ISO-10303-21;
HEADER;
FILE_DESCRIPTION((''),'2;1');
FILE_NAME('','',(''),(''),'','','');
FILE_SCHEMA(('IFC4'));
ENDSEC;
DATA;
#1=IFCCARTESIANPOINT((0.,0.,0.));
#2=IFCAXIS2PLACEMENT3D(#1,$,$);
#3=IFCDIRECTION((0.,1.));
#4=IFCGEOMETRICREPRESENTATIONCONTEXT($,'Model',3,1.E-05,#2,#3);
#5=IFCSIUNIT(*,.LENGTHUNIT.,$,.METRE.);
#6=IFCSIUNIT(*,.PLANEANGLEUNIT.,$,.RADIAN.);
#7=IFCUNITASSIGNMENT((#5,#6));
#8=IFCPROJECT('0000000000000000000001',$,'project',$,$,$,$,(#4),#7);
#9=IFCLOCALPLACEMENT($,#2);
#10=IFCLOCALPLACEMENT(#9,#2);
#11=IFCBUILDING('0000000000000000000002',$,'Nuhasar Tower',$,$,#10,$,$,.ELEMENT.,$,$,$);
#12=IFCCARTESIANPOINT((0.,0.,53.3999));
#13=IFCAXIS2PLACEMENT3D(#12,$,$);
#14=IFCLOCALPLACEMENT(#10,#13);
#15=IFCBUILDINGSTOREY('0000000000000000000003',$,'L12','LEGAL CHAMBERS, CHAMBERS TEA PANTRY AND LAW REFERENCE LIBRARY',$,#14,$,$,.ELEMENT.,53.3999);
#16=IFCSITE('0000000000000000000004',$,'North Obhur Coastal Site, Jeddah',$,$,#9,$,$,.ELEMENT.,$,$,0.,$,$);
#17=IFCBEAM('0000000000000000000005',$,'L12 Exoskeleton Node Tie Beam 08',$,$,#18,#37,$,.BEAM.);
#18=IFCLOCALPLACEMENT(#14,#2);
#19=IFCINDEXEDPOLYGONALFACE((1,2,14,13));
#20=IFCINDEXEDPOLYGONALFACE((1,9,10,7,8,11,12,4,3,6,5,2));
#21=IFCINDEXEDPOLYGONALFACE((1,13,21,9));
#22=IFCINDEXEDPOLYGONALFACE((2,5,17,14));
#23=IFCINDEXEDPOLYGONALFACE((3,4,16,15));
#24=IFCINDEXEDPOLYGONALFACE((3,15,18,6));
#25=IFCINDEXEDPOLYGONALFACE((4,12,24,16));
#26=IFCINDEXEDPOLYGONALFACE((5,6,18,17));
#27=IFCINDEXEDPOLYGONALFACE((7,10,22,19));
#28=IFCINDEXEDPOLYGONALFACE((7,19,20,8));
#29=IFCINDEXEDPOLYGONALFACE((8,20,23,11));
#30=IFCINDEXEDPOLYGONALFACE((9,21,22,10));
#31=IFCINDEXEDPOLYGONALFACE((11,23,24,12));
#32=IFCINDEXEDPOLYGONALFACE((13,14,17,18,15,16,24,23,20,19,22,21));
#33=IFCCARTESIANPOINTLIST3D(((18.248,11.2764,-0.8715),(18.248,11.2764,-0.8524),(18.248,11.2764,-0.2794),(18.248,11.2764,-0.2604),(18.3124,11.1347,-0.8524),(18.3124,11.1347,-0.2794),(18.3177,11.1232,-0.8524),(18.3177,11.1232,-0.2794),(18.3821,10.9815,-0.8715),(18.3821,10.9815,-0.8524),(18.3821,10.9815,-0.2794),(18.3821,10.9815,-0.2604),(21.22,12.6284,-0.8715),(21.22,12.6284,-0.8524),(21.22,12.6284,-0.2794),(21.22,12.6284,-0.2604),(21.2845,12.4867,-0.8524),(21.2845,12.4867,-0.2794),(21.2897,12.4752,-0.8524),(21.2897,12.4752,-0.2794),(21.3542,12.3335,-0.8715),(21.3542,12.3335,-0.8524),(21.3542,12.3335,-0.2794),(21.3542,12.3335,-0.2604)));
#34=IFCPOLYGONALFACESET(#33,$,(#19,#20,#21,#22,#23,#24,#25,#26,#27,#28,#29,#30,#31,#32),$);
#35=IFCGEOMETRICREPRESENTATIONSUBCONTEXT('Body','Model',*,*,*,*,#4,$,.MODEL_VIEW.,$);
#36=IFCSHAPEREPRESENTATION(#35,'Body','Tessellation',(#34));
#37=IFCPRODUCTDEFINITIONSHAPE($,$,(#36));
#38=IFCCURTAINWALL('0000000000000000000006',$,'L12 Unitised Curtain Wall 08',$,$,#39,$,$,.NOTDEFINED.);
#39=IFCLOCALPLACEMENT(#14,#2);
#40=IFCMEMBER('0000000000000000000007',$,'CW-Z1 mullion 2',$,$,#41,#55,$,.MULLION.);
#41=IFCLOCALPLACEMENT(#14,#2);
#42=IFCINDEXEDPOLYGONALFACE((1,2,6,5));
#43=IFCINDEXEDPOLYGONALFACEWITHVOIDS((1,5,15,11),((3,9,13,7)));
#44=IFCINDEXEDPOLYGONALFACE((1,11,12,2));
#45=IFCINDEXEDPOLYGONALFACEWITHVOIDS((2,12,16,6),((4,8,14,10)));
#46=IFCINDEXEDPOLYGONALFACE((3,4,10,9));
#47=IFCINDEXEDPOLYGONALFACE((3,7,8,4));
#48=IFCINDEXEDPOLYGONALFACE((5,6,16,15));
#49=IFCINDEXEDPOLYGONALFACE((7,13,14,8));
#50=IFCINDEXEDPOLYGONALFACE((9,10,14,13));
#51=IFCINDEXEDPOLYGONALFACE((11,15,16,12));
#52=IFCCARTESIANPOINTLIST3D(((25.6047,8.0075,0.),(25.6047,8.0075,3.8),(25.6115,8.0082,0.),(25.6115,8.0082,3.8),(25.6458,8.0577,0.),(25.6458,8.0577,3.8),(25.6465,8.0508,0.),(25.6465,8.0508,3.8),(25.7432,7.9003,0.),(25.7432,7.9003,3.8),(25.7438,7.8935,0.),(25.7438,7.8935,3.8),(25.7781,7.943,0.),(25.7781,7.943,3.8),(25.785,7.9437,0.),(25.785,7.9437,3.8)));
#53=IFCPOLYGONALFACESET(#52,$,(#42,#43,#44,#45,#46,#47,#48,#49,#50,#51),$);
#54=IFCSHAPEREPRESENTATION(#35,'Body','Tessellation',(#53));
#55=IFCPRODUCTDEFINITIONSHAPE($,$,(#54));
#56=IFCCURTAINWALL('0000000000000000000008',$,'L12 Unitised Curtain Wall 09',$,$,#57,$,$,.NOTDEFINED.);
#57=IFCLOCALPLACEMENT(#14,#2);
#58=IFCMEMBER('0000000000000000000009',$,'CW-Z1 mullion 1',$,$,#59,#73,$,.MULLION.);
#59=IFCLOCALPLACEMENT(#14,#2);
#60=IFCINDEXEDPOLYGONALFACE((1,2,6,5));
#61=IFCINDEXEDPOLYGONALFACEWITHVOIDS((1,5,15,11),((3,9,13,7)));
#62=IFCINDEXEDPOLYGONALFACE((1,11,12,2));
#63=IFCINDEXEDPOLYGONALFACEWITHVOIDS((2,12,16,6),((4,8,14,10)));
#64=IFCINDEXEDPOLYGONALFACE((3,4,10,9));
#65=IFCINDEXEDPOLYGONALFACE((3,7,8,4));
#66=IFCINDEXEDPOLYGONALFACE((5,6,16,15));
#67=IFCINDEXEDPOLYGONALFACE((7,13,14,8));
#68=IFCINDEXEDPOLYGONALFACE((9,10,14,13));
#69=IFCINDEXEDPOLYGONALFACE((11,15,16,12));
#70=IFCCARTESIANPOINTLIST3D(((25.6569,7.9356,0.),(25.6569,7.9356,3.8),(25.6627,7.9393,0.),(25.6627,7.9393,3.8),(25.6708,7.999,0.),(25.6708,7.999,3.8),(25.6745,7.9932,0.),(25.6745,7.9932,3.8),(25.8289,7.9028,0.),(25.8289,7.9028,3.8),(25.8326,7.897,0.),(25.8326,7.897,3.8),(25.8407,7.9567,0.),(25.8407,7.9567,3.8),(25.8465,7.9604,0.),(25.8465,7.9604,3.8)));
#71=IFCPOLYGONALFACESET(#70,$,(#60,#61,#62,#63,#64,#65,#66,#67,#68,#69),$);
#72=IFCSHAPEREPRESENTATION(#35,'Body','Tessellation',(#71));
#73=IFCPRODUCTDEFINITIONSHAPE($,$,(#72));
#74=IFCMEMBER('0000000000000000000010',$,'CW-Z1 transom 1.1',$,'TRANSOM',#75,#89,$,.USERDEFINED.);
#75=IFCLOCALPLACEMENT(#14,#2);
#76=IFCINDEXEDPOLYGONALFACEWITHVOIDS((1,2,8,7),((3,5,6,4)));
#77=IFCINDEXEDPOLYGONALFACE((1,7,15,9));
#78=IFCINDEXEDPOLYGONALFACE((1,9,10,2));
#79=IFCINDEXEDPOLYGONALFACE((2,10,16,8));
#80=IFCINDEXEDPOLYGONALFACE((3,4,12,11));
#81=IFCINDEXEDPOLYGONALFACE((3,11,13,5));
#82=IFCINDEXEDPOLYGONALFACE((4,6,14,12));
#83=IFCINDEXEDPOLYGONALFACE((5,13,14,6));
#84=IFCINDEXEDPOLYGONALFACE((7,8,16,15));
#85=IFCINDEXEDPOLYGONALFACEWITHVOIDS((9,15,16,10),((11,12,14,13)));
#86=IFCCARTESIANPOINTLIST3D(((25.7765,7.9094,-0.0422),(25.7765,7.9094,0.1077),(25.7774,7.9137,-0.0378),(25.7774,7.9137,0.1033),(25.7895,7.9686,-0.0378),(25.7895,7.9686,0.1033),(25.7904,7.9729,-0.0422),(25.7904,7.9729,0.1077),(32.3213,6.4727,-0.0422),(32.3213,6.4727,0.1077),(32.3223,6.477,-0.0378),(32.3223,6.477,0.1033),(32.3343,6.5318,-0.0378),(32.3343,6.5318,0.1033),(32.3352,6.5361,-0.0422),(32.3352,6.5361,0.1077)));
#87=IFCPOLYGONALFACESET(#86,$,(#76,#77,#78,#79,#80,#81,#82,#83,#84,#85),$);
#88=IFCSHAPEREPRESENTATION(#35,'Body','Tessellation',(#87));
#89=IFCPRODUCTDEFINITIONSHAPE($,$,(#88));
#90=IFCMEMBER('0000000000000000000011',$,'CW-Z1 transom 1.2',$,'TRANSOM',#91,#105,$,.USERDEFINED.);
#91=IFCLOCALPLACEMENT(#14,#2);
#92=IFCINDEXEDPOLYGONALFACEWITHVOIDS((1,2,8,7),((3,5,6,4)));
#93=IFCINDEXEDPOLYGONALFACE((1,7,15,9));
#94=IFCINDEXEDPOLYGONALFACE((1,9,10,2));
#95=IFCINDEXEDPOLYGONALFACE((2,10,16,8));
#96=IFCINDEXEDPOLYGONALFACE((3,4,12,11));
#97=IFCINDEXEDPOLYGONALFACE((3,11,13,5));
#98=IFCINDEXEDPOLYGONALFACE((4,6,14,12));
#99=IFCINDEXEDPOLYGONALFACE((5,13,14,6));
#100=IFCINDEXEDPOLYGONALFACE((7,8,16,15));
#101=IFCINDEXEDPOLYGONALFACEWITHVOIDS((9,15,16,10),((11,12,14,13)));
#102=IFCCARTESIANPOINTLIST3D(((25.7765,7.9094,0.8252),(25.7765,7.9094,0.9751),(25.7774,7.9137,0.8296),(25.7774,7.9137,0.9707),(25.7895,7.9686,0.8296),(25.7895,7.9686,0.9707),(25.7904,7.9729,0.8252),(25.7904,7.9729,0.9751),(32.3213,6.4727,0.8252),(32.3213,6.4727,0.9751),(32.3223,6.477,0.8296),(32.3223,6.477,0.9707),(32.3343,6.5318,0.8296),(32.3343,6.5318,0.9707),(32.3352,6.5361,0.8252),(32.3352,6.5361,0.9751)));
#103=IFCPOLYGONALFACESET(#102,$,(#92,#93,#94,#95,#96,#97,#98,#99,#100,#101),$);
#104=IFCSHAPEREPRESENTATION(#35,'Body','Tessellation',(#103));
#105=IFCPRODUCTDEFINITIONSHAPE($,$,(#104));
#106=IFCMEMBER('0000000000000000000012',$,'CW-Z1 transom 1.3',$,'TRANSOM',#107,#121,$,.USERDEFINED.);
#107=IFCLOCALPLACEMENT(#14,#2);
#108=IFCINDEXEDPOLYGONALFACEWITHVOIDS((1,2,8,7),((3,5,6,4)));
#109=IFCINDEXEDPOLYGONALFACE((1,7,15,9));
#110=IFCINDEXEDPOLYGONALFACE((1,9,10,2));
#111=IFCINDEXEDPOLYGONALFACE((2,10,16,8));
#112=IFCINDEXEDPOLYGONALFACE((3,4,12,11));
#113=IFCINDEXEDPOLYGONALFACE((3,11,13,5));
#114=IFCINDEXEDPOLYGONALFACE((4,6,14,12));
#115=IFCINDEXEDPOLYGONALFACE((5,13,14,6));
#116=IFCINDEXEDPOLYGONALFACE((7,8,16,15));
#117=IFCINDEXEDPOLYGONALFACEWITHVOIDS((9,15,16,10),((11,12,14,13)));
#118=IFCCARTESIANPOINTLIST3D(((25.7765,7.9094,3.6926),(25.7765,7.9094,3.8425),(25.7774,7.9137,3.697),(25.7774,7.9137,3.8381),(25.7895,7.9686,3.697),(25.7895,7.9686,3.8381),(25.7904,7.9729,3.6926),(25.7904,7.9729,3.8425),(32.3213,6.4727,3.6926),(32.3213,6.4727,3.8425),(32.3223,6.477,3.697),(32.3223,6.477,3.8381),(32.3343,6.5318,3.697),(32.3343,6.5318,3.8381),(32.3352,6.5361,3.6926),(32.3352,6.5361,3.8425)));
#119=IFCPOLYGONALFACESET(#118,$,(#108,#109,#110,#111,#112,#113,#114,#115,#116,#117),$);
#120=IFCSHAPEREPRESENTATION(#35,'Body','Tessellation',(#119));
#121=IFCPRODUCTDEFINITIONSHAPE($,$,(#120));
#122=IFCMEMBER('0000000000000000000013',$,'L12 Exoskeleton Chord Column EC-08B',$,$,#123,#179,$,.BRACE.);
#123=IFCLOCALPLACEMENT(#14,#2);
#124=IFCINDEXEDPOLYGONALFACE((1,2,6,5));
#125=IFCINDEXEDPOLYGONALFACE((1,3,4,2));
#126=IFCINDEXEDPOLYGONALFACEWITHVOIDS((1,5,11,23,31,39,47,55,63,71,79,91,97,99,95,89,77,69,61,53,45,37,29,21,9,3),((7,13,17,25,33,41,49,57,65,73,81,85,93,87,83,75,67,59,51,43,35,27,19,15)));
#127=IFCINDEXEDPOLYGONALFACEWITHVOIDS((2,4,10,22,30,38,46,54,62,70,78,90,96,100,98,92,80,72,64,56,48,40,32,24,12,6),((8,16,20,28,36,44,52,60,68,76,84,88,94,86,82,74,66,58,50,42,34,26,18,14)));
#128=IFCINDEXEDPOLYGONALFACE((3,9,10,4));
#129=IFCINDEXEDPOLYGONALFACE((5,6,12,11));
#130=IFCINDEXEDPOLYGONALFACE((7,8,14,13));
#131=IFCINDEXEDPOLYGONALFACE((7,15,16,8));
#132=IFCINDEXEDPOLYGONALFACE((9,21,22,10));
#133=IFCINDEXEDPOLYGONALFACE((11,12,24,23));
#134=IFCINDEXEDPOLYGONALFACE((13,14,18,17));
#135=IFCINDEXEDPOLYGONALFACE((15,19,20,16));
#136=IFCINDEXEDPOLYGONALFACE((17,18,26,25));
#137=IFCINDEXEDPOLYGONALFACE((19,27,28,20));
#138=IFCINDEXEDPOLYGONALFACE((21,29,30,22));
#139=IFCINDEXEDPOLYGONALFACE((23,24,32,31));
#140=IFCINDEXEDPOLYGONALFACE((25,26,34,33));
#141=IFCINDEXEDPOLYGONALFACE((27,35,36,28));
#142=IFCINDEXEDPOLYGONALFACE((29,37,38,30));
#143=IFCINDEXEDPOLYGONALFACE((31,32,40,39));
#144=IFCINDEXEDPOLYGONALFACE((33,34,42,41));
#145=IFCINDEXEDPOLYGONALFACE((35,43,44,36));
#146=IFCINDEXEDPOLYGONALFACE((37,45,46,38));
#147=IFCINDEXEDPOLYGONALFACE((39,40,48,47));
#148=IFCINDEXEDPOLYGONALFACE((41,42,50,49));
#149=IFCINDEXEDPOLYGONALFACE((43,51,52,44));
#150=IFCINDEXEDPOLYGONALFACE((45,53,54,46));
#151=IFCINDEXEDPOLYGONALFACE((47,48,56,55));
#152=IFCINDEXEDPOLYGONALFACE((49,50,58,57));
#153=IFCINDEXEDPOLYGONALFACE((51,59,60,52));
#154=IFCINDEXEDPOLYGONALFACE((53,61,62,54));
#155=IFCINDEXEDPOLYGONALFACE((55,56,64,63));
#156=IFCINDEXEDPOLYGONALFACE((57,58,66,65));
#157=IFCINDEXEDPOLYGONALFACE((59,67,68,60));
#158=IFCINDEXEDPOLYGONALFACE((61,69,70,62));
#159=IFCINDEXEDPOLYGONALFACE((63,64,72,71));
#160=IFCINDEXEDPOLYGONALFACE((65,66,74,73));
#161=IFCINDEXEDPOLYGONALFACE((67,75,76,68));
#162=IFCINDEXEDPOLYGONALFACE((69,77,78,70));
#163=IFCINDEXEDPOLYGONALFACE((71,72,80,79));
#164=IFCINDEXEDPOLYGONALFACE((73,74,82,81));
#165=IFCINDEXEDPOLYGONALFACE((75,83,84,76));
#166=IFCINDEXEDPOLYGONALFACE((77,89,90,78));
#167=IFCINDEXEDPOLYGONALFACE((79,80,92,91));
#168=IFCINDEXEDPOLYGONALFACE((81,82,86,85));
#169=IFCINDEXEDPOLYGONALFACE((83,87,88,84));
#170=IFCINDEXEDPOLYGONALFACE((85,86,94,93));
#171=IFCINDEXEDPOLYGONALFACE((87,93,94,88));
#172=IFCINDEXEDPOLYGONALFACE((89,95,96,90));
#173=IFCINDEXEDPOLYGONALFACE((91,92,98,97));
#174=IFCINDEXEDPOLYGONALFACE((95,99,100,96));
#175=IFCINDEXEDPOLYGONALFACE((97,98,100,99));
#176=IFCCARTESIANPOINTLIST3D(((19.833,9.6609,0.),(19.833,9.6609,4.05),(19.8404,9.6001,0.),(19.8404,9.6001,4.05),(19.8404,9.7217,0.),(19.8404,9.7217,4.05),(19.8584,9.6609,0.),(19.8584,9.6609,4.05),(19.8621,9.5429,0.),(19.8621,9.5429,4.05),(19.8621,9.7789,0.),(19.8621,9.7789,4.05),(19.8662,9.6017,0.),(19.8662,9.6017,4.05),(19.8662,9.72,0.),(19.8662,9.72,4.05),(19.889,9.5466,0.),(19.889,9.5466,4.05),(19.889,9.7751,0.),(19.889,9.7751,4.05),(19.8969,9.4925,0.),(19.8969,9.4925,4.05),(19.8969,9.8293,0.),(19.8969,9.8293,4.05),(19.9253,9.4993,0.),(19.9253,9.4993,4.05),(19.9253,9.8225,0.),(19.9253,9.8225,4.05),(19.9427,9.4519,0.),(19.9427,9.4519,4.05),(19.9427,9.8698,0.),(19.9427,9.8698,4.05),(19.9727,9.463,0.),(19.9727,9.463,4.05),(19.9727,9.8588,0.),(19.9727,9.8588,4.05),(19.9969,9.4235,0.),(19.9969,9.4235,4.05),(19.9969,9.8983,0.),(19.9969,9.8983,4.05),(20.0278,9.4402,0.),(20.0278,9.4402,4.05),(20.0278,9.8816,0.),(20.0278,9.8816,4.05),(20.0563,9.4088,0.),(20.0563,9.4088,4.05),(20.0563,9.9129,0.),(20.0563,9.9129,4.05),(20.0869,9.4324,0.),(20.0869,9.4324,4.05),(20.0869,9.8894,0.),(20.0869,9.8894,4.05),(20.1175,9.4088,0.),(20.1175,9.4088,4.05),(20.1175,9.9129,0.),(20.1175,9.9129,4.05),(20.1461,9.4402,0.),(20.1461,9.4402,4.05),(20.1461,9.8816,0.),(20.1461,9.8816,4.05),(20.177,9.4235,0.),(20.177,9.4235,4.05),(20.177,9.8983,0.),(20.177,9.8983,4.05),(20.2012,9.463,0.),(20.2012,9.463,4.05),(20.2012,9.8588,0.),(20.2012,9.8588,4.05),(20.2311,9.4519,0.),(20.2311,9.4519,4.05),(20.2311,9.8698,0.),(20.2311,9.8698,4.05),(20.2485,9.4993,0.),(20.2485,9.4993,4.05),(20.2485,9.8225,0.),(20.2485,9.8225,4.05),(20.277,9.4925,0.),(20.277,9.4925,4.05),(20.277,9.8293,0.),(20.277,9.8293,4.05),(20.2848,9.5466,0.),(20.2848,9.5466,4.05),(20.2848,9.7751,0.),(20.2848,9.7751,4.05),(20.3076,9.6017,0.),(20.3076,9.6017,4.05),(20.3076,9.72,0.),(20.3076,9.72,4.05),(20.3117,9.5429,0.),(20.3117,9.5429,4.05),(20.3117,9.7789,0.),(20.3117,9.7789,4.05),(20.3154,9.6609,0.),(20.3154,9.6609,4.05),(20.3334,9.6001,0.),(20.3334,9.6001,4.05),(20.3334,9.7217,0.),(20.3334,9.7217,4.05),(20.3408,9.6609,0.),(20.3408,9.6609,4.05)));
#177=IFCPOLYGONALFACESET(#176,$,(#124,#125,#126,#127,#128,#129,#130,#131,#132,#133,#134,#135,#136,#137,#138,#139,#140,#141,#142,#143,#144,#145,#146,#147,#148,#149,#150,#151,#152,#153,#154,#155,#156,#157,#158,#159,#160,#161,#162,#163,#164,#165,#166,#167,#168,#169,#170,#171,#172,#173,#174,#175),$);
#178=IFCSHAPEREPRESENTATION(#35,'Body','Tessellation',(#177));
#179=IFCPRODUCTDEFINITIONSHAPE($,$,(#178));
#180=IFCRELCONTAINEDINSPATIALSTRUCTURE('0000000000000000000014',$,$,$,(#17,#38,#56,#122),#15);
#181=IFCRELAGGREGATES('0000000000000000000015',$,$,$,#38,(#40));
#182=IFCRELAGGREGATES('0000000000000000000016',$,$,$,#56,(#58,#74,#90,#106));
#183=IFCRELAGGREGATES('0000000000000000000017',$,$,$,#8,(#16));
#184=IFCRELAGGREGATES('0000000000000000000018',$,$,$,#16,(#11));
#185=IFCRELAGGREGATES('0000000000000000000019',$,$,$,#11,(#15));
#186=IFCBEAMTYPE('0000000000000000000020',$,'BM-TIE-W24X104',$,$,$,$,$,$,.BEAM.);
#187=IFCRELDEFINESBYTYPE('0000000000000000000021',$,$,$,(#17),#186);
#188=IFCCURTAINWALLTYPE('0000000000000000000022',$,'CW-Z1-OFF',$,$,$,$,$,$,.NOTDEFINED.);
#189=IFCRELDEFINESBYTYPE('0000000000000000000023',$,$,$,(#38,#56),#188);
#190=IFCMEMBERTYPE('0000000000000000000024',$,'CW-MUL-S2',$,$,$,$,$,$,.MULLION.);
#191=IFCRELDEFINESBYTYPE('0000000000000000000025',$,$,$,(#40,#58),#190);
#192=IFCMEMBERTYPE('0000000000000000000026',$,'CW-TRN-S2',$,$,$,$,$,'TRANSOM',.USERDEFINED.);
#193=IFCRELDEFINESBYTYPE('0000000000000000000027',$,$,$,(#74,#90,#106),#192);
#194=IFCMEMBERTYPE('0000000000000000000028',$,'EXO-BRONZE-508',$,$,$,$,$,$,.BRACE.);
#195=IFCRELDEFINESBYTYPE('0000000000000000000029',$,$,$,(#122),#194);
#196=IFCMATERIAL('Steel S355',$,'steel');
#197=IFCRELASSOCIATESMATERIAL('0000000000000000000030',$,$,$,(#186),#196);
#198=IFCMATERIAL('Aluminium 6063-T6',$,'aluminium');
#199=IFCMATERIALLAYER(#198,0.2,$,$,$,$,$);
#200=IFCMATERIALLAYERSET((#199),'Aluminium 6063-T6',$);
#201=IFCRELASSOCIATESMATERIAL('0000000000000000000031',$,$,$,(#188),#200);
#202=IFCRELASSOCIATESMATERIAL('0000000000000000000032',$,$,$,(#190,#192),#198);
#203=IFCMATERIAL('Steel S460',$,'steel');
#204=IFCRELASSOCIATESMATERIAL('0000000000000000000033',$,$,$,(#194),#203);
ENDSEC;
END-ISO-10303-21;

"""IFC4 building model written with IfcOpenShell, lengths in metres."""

from ifc_helpers import new_model, si_unit, direction, frame, origin, origin_2d, place, context, subcontext, project, spatial, hollow_rectangle, hollow_circle, i_section, extrude, material, layer, layer_set, material_profile, profile_set, type_object, element, aggregate, save


model = new_model("IFC4")

# Units and contexts
model_context = context("Model", 3, precision=1e-05, world=origin(), true_north=direction((0.0, 1.0)))
body_context = subcontext(model_context, "Body", "Model", "MODEL_VIEW")
ifc_project = project(units=[si_unit("LENGTHUNIT", "METRE"), si_unit("PLANEANGLEUNIT", "RADIAN")], contexts=[model_context])

# Site, building, storey
site_placement = place(None, origin())
site = spatial("IfcSite", under=ifc_project, at=site_placement, Name="North Obhur Coastal Site, Jeddah", CompositionType="ELEMENT", RefElevation=0.0)
building_placement = place(site_placement, origin())
building = spatial("IfcBuilding", under=site, at=building_placement, Name="Nuhasar Tower", CompositionType="ELEMENT")
storey_placement = place(building_placement, frame((0.0, 0.0, 53.3999)))
storey = spatial("IfcBuildingStorey", under=building, at=storey_placement, Name="L12", Description="LEGAL CHAMBERS, CHAMBERS TEA PANTRY AND LAW REFERENCE LIBRARY", CompositionType="ELEMENT", Elevation=53.3999)

# Beam
ifc_material_1 = material(Name="Steel S355", Category="steel")
ifc_material_profile_1 = material_profile(ifc_material_1, i_section(OverallWidth=0.324, OverallDepth=0.6111, WebThickness=0.0127, FlangeThickness=0.019, at=origin_2d()), Name="W24X104")
ifc_profile_set_1 = profile_set([ifc_material_profile_1], Name="Steel S355")
beam_type_1 = type_object("IfcBeamType", Name="BM-TIE-W24X104", PredefinedType="BEAM", material=ifc_profile_set_1)
beam_1_placement = place(storey_placement, frame((21.2871, 12.481, -0.5659), z_axis=(-0.910244, -0.414073, 0.0), x_axis=(0.414073, -0.910244, 0.0)))
element("IfcBeam", 1, at=beam_1_placement, inside=storey, type_object=beam_type_1, Name="L12 Exoskeleton Node Tie Beam 08", PredefinedType="BEAM", context=body_context, shape_type="SweptSolid", body=[
    extrude(i_section(OverallWidth=0.324, OverallDepth=0.6111, WebThickness=0.0127, FlangeThickness=0.019, at=origin_2d()), origin(), (0.0, 0.0, 1.0), 3.2651),
])

# Curtain wall, member
ifc_material_2 = material(Name="Aluminium 6063-T6", Category="aluminium")
ifc_layer_1 = layer(ifc_material_2, 0.2)
ifc_layer_set_1 = layer_set([ifc_layer_1], Name="Aluminium 6063-T6")
curtain_wall_type = type_object("IfcCurtainWallType", Name="CW-Z1-OFF", PredefinedType="NOTDEFINED", material=ifc_layer_set_1)
curtain_wall_1_placement = place(storey_placement, origin())
curtain_wall_1 = element("IfcCurtainWall", 2, at=curtain_wall_1_placement, inside=storey, type_object=curtain_wall_type, Name="L12 Unitised Curtain Wall 08", PredefinedType="NOTDEFINED")
ifc_material_profile_2 = material_profile(ifc_material_2, hollow_rectangle(XDim=0.0649, YDim=0.1799, WallThickness=0.0049, at=origin_2d()), Name="CWM-2")
ifc_profile_set_2 = profile_set([ifc_material_profile_2], Name="Aluminium 6063-T6")
member_type_1 = type_object("IfcMemberType", Name="CW-MUL-S2", PredefinedType="MULLION", material=ifc_profile_set_2)
member_1_placement = place(storey_placement, frame((25.6948, 7.9756, 0.0), z_axis=(0.0, 0.0, 1.0), x_axis=(0.633745, 0.773542, 0.0)))
member_1 = element("IfcMember", 3, at=member_1_placement, type_object=member_type_1, Name="CW-Z1 mullion 2", PredefinedType="MULLION", context=body_context, shape_type="SweptSolid", body=[
    extrude(hollow_rectangle(XDim=0.0649, YDim=0.1799, WallThickness=0.0049, at=origin_2d()), origin(), (0.0, 0.0, 1.0), 3.8),
])

# Curtain wall, members
curtain_wall_2_placement = place(storey_placement, origin())
curtain_wall_2 = element("IfcCurtainWall", 4, at=curtain_wall_2_placement, inside=storey, type_object=curtain_wall_type, Name="L12 Unitised Curtain Wall 09", PredefinedType="NOTDEFINED")
member_2_placement = place(storey_placement, frame((25.7517, 7.948, 0.0), z_axis=(0.0, 0.0, 1.0), x_axis=(0.214399, 0.976746, 0.0)))
member_2 = element("IfcMember", 5, at=member_2_placement, type_object=member_type_1, Name="CW-Z1 mullion 1", PredefinedType="MULLION", context=body_context, shape_type="SweptSolid", body=[
    extrude(hollow_rectangle(XDim=0.0649, YDim=0.1799, WallThickness=0.0049, at=origin_2d()), origin(), (0.0, 0.0, 1.0), 3.8),
])
ifc_material_profile_3 = material_profile(ifc_material_2, hollow_rectangle(XDim=0.0649, YDim=0.1499, WallThickness=0.0044, at=origin_2d()), Name="CWT-2")
ifc_profile_set_3 = profile_set([ifc_material_profile_3], Name="Aluminium 6063-T6")
member_type_2 = type_object("IfcMemberType", Name="CW-TRN-S2", ElementType="TRANSOM", PredefinedType="USERDEFINED", material=ifc_profile_set_3)
member_3_placement = place(storey_placement, frame((25.7834, 7.9412, 0.0327), z_axis=(0.976742, -0.214418, 0.0), x_axis=(0.214418, 0.976742, 0.0)))
member_3 = element("IfcMember", 6, at=member_3_placement, type_object=member_type_2, Name="CW-Z1 transom 1.1", ObjectType="TRANSOM", PredefinedType="USERDEFINED", context=body_context, shape_type="SweptSolid", body=[
    extrude(hollow_rectangle(XDim=0.0649, YDim=0.1499, WallThickness=0.0044, at=origin_2d()), origin(), (0.0, 0.0, 1.0), 6.7007),
])
member_4_placement = place(storey_placement, frame((25.7834, 7.9412, 0.9001), z_axis=(0.976742, -0.214418, 0.0), x_axis=(0.214418, 0.976742, 0.0)))
member_4 = element("IfcMember", 7, at=member_4_placement, type_object=member_type_2, Name="CW-Z1 transom 1.2", ObjectType="TRANSOM", PredefinedType="USERDEFINED", context=body_context, shape_type="SweptSolid", body=[
    extrude(hollow_rectangle(XDim=0.0649, YDim=0.1499, WallThickness=0.0044, at=origin_2d()), origin(), (0.0, 0.0, 1.0), 6.7007),
])
member_5_placement = place(storey_placement, frame((25.7834, 7.9412, 3.7676), z_axis=(0.976742, -0.214418, 0.0), x_axis=(0.214418, 0.976742, 0.0)))
member_5 = element("IfcMember", 8, at=member_5_placement, type_object=member_type_2, Name="CW-Z1 transom 1.3", ObjectType="TRANSOM", PredefinedType="USERDEFINED", context=body_context, shape_type="SweptSolid", body=[
    extrude(hollow_rectangle(XDim=0.0649, YDim=0.1499, WallThickness=0.0044, at=origin_2d()), origin(), (0.0, 0.0, 1.0), 6.7007),
])

# Member
ifc_material_3 = material(Name="Steel S460", Category="steel")
ifc_material_profile_4 = material_profile(ifc_material_3, hollow_circle(Radius=0.2539, WallThickness=0.0254, at=origin_2d()), Name="HSS508X25.4")
ifc_profile_set_4 = profile_set([ifc_material_profile_4], Name="Steel S460")
member_type_3 = type_object("IfcMemberType", Name="EXO-BRONZE-508", PredefinedType="BRACE", material=ifc_profile_set_4)
member_6_placement = place(storey_placement, frame((20.0869, 9.6609, 0.0), z_axis=(0.0, 0.0, 1.0), x_axis=(1.0, 0.0, 0.0)))
element("IfcMember", 9, at=member_6_placement, inside=storey, type_object=member_type_3, Name="L12 Exoskeleton Chord Column EC-08B", PredefinedType="BRACE", context=body_context, shape_type="SweptSolid", body=[
    extrude(hollow_circle(Radius=0.2539, WallThickness=0.0254, at=origin_2d()), origin(), (0.0, 0.0, 1.0), 4.05),
])

aggregate(curtain_wall_1, [member_1])
aggregate(curtain_wall_2, [member_2, member_3, member_4, member_5])

save(model, "model.ifc")
